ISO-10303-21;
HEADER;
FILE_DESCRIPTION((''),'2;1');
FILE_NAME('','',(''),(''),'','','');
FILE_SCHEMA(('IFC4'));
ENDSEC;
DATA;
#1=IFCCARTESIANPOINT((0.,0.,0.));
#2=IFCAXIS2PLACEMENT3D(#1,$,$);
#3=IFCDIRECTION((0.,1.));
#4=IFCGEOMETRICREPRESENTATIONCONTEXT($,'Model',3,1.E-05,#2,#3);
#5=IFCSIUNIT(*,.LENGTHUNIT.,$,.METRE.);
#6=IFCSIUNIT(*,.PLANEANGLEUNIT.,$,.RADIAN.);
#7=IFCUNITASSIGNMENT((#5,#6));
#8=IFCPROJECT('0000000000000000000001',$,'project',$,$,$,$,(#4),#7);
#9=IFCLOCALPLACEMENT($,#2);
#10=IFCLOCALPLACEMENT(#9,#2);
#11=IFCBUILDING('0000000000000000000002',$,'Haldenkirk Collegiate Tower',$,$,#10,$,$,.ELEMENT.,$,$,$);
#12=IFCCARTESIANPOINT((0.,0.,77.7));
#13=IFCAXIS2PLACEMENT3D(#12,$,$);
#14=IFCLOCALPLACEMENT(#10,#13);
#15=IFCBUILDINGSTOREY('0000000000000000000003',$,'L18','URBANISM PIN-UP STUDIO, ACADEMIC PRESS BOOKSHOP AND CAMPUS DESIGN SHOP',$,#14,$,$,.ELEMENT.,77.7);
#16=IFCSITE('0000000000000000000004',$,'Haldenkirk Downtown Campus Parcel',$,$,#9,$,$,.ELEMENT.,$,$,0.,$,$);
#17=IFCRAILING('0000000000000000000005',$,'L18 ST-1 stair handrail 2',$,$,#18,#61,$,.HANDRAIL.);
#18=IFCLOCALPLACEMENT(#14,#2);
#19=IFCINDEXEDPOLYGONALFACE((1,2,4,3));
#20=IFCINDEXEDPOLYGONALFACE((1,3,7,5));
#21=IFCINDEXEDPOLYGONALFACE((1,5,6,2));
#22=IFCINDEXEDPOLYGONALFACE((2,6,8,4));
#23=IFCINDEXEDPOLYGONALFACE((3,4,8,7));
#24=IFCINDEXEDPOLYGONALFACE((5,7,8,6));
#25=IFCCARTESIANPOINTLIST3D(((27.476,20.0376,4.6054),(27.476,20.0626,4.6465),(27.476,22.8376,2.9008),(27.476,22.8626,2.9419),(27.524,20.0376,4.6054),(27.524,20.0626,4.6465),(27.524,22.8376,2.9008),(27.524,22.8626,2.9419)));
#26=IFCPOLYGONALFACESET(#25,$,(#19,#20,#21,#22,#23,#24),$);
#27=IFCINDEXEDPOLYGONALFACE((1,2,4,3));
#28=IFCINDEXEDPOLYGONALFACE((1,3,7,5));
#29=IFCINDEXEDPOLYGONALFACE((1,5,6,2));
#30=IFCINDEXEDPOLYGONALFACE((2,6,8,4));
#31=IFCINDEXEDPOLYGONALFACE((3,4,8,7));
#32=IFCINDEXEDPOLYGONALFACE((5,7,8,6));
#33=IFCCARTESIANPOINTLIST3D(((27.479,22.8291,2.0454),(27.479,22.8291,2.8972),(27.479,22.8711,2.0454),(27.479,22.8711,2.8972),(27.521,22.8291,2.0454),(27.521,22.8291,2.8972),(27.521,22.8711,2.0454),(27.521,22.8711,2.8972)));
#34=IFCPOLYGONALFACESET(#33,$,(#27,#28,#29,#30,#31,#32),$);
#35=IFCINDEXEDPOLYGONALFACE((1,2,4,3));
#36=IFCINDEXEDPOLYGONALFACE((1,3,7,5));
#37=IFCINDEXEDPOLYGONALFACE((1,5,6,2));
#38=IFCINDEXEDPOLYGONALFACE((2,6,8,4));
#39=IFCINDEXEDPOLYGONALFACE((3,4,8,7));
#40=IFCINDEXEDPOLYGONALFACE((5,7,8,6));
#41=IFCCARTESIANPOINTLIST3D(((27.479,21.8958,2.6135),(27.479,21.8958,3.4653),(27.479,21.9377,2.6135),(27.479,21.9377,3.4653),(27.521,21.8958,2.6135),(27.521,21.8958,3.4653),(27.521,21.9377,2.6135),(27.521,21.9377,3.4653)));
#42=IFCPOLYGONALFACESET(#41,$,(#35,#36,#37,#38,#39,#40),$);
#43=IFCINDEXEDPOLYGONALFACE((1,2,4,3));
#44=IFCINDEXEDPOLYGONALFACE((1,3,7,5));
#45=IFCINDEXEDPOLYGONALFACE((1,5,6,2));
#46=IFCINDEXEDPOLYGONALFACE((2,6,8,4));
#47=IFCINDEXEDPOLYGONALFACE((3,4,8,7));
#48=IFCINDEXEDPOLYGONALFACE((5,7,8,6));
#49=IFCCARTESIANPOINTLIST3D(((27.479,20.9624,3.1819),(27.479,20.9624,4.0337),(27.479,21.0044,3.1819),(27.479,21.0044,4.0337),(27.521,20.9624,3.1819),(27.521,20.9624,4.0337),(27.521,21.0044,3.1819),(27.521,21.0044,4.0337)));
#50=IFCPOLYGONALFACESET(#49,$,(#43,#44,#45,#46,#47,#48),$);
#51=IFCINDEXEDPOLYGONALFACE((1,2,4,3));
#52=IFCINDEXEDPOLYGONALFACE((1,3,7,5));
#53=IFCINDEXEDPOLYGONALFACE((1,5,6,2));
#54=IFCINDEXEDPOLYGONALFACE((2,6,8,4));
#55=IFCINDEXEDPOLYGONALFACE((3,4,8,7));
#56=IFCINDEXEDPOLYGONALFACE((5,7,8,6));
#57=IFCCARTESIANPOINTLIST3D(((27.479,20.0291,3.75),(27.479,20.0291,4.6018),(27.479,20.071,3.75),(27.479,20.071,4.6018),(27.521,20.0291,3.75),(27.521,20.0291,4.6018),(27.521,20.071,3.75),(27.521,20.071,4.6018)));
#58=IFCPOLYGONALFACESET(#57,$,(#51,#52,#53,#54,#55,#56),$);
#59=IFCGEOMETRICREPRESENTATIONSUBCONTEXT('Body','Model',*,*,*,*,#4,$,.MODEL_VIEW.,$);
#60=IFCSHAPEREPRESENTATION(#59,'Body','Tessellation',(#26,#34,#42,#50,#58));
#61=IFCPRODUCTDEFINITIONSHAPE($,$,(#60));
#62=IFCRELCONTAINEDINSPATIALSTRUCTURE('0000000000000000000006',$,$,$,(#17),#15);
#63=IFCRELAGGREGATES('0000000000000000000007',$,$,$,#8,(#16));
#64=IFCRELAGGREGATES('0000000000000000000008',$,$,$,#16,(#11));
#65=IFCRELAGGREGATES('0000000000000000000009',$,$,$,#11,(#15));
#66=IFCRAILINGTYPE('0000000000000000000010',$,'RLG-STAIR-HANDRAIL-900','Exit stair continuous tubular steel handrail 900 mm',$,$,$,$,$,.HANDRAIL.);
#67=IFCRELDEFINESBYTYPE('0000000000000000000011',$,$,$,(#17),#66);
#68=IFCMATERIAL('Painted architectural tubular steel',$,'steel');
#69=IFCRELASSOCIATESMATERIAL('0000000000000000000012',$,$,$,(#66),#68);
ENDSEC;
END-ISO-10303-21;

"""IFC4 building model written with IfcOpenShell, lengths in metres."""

from ifc_helpers import new_model, si_unit, direction, frame, origin, origin_2d, place, context, subcontext, project, spatial, rectangle, extrude, material, type_object, element, save


model = new_model("IFC4")

# Units and contexts
model_context = context("Model", 3, precision=1e-05, world=origin(), true_north=direction((0.0, 1.0)))
body_context = subcontext(model_context, "Body", "Model", "MODEL_VIEW")
ifc_project = project(units=[si_unit("LENGTHUNIT", "METRE"), si_unit("PLANEANGLEUNIT", "RADIAN")], contexts=[model_context])

# Site, building, storey
site_placement = place(None, origin())
site = spatial("IfcSite", under=ifc_project, at=site_placement, Name="Haldenkirk Downtown Campus Parcel", CompositionType="ELEMENT", RefElevation=0.0)
building_placement = place(site_placement, origin())
building = spatial("IfcBuilding", under=site, at=building_placement, Name="Haldenkirk Collegiate Tower", CompositionType="ELEMENT")
storey_placement = place(building_placement, frame((0.0, 0.0, 77.7)))
storey = spatial("IfcBuildingStorey", under=building, at=storey_placement, Name="L18", Description="URBANISM PIN-UP STUDIO, ACADEMIC PRESS BOOKSHOP AND CAMPUS DESIGN SHOP", CompositionType="ELEMENT", Elevation=77.7)

# Railing
ifc_material_1 = material(Name="Painted architectural tubular steel", Category="steel")
railing_type_1 = type_object("IfcRailingType", Name="RLG-STAIR-HANDRAIL-900", Description="Exit stair continuous tubular steel handrail 900 mm", PredefinedType="HANDRAIL", material=ifc_material_1)
railing_1_placement = place(storey_placement, frame((27.5, 22.8501, 2.0454)))
element("IfcRailing", 1, at=railing_1_placement, inside=storey, type_object=railing_type_1, Name="L18 ST-1 stair handrail 2", PredefinedType="HANDRAIL", context=body_context, shape_type="SweptSolid", body=[
    extrude(rectangle(XDim=0.0481, YDim=0.0481, at=origin_2d()), frame((0.0, 0.0, 0.876), z_axis=(0.0, -0.85417, 0.519994), x_axis=(1.0, 0.0, 0.0)), (0.0, 0.0, 1.0), 3.2781),
    extrude(rectangle(XDim=0.042, YDim=0.042, at=origin_2d()), origin(), (0.0, 0.0, 1.0), 0.8518),
    extrude(rectangle(XDim=0.042, YDim=0.042, at=origin_2d()), frame((0.0, -0.9333, 0.5681)), (0.0, 0.0, 1.0), 0.8518),
    extrude(rectangle(XDim=0.042, YDim=0.042, at=origin_2d()), frame((0.0, -1.8667, 1.1365)), (0.0, 0.0, 1.0), 0.8518),
    extrude(rectangle(XDim=0.042, YDim=0.042, at=origin_2d()), frame((0.0, -2.8, 1.7046)), (0.0, 0.0, 1.0), 0.8518),
])

save(model, "model.ifc")
